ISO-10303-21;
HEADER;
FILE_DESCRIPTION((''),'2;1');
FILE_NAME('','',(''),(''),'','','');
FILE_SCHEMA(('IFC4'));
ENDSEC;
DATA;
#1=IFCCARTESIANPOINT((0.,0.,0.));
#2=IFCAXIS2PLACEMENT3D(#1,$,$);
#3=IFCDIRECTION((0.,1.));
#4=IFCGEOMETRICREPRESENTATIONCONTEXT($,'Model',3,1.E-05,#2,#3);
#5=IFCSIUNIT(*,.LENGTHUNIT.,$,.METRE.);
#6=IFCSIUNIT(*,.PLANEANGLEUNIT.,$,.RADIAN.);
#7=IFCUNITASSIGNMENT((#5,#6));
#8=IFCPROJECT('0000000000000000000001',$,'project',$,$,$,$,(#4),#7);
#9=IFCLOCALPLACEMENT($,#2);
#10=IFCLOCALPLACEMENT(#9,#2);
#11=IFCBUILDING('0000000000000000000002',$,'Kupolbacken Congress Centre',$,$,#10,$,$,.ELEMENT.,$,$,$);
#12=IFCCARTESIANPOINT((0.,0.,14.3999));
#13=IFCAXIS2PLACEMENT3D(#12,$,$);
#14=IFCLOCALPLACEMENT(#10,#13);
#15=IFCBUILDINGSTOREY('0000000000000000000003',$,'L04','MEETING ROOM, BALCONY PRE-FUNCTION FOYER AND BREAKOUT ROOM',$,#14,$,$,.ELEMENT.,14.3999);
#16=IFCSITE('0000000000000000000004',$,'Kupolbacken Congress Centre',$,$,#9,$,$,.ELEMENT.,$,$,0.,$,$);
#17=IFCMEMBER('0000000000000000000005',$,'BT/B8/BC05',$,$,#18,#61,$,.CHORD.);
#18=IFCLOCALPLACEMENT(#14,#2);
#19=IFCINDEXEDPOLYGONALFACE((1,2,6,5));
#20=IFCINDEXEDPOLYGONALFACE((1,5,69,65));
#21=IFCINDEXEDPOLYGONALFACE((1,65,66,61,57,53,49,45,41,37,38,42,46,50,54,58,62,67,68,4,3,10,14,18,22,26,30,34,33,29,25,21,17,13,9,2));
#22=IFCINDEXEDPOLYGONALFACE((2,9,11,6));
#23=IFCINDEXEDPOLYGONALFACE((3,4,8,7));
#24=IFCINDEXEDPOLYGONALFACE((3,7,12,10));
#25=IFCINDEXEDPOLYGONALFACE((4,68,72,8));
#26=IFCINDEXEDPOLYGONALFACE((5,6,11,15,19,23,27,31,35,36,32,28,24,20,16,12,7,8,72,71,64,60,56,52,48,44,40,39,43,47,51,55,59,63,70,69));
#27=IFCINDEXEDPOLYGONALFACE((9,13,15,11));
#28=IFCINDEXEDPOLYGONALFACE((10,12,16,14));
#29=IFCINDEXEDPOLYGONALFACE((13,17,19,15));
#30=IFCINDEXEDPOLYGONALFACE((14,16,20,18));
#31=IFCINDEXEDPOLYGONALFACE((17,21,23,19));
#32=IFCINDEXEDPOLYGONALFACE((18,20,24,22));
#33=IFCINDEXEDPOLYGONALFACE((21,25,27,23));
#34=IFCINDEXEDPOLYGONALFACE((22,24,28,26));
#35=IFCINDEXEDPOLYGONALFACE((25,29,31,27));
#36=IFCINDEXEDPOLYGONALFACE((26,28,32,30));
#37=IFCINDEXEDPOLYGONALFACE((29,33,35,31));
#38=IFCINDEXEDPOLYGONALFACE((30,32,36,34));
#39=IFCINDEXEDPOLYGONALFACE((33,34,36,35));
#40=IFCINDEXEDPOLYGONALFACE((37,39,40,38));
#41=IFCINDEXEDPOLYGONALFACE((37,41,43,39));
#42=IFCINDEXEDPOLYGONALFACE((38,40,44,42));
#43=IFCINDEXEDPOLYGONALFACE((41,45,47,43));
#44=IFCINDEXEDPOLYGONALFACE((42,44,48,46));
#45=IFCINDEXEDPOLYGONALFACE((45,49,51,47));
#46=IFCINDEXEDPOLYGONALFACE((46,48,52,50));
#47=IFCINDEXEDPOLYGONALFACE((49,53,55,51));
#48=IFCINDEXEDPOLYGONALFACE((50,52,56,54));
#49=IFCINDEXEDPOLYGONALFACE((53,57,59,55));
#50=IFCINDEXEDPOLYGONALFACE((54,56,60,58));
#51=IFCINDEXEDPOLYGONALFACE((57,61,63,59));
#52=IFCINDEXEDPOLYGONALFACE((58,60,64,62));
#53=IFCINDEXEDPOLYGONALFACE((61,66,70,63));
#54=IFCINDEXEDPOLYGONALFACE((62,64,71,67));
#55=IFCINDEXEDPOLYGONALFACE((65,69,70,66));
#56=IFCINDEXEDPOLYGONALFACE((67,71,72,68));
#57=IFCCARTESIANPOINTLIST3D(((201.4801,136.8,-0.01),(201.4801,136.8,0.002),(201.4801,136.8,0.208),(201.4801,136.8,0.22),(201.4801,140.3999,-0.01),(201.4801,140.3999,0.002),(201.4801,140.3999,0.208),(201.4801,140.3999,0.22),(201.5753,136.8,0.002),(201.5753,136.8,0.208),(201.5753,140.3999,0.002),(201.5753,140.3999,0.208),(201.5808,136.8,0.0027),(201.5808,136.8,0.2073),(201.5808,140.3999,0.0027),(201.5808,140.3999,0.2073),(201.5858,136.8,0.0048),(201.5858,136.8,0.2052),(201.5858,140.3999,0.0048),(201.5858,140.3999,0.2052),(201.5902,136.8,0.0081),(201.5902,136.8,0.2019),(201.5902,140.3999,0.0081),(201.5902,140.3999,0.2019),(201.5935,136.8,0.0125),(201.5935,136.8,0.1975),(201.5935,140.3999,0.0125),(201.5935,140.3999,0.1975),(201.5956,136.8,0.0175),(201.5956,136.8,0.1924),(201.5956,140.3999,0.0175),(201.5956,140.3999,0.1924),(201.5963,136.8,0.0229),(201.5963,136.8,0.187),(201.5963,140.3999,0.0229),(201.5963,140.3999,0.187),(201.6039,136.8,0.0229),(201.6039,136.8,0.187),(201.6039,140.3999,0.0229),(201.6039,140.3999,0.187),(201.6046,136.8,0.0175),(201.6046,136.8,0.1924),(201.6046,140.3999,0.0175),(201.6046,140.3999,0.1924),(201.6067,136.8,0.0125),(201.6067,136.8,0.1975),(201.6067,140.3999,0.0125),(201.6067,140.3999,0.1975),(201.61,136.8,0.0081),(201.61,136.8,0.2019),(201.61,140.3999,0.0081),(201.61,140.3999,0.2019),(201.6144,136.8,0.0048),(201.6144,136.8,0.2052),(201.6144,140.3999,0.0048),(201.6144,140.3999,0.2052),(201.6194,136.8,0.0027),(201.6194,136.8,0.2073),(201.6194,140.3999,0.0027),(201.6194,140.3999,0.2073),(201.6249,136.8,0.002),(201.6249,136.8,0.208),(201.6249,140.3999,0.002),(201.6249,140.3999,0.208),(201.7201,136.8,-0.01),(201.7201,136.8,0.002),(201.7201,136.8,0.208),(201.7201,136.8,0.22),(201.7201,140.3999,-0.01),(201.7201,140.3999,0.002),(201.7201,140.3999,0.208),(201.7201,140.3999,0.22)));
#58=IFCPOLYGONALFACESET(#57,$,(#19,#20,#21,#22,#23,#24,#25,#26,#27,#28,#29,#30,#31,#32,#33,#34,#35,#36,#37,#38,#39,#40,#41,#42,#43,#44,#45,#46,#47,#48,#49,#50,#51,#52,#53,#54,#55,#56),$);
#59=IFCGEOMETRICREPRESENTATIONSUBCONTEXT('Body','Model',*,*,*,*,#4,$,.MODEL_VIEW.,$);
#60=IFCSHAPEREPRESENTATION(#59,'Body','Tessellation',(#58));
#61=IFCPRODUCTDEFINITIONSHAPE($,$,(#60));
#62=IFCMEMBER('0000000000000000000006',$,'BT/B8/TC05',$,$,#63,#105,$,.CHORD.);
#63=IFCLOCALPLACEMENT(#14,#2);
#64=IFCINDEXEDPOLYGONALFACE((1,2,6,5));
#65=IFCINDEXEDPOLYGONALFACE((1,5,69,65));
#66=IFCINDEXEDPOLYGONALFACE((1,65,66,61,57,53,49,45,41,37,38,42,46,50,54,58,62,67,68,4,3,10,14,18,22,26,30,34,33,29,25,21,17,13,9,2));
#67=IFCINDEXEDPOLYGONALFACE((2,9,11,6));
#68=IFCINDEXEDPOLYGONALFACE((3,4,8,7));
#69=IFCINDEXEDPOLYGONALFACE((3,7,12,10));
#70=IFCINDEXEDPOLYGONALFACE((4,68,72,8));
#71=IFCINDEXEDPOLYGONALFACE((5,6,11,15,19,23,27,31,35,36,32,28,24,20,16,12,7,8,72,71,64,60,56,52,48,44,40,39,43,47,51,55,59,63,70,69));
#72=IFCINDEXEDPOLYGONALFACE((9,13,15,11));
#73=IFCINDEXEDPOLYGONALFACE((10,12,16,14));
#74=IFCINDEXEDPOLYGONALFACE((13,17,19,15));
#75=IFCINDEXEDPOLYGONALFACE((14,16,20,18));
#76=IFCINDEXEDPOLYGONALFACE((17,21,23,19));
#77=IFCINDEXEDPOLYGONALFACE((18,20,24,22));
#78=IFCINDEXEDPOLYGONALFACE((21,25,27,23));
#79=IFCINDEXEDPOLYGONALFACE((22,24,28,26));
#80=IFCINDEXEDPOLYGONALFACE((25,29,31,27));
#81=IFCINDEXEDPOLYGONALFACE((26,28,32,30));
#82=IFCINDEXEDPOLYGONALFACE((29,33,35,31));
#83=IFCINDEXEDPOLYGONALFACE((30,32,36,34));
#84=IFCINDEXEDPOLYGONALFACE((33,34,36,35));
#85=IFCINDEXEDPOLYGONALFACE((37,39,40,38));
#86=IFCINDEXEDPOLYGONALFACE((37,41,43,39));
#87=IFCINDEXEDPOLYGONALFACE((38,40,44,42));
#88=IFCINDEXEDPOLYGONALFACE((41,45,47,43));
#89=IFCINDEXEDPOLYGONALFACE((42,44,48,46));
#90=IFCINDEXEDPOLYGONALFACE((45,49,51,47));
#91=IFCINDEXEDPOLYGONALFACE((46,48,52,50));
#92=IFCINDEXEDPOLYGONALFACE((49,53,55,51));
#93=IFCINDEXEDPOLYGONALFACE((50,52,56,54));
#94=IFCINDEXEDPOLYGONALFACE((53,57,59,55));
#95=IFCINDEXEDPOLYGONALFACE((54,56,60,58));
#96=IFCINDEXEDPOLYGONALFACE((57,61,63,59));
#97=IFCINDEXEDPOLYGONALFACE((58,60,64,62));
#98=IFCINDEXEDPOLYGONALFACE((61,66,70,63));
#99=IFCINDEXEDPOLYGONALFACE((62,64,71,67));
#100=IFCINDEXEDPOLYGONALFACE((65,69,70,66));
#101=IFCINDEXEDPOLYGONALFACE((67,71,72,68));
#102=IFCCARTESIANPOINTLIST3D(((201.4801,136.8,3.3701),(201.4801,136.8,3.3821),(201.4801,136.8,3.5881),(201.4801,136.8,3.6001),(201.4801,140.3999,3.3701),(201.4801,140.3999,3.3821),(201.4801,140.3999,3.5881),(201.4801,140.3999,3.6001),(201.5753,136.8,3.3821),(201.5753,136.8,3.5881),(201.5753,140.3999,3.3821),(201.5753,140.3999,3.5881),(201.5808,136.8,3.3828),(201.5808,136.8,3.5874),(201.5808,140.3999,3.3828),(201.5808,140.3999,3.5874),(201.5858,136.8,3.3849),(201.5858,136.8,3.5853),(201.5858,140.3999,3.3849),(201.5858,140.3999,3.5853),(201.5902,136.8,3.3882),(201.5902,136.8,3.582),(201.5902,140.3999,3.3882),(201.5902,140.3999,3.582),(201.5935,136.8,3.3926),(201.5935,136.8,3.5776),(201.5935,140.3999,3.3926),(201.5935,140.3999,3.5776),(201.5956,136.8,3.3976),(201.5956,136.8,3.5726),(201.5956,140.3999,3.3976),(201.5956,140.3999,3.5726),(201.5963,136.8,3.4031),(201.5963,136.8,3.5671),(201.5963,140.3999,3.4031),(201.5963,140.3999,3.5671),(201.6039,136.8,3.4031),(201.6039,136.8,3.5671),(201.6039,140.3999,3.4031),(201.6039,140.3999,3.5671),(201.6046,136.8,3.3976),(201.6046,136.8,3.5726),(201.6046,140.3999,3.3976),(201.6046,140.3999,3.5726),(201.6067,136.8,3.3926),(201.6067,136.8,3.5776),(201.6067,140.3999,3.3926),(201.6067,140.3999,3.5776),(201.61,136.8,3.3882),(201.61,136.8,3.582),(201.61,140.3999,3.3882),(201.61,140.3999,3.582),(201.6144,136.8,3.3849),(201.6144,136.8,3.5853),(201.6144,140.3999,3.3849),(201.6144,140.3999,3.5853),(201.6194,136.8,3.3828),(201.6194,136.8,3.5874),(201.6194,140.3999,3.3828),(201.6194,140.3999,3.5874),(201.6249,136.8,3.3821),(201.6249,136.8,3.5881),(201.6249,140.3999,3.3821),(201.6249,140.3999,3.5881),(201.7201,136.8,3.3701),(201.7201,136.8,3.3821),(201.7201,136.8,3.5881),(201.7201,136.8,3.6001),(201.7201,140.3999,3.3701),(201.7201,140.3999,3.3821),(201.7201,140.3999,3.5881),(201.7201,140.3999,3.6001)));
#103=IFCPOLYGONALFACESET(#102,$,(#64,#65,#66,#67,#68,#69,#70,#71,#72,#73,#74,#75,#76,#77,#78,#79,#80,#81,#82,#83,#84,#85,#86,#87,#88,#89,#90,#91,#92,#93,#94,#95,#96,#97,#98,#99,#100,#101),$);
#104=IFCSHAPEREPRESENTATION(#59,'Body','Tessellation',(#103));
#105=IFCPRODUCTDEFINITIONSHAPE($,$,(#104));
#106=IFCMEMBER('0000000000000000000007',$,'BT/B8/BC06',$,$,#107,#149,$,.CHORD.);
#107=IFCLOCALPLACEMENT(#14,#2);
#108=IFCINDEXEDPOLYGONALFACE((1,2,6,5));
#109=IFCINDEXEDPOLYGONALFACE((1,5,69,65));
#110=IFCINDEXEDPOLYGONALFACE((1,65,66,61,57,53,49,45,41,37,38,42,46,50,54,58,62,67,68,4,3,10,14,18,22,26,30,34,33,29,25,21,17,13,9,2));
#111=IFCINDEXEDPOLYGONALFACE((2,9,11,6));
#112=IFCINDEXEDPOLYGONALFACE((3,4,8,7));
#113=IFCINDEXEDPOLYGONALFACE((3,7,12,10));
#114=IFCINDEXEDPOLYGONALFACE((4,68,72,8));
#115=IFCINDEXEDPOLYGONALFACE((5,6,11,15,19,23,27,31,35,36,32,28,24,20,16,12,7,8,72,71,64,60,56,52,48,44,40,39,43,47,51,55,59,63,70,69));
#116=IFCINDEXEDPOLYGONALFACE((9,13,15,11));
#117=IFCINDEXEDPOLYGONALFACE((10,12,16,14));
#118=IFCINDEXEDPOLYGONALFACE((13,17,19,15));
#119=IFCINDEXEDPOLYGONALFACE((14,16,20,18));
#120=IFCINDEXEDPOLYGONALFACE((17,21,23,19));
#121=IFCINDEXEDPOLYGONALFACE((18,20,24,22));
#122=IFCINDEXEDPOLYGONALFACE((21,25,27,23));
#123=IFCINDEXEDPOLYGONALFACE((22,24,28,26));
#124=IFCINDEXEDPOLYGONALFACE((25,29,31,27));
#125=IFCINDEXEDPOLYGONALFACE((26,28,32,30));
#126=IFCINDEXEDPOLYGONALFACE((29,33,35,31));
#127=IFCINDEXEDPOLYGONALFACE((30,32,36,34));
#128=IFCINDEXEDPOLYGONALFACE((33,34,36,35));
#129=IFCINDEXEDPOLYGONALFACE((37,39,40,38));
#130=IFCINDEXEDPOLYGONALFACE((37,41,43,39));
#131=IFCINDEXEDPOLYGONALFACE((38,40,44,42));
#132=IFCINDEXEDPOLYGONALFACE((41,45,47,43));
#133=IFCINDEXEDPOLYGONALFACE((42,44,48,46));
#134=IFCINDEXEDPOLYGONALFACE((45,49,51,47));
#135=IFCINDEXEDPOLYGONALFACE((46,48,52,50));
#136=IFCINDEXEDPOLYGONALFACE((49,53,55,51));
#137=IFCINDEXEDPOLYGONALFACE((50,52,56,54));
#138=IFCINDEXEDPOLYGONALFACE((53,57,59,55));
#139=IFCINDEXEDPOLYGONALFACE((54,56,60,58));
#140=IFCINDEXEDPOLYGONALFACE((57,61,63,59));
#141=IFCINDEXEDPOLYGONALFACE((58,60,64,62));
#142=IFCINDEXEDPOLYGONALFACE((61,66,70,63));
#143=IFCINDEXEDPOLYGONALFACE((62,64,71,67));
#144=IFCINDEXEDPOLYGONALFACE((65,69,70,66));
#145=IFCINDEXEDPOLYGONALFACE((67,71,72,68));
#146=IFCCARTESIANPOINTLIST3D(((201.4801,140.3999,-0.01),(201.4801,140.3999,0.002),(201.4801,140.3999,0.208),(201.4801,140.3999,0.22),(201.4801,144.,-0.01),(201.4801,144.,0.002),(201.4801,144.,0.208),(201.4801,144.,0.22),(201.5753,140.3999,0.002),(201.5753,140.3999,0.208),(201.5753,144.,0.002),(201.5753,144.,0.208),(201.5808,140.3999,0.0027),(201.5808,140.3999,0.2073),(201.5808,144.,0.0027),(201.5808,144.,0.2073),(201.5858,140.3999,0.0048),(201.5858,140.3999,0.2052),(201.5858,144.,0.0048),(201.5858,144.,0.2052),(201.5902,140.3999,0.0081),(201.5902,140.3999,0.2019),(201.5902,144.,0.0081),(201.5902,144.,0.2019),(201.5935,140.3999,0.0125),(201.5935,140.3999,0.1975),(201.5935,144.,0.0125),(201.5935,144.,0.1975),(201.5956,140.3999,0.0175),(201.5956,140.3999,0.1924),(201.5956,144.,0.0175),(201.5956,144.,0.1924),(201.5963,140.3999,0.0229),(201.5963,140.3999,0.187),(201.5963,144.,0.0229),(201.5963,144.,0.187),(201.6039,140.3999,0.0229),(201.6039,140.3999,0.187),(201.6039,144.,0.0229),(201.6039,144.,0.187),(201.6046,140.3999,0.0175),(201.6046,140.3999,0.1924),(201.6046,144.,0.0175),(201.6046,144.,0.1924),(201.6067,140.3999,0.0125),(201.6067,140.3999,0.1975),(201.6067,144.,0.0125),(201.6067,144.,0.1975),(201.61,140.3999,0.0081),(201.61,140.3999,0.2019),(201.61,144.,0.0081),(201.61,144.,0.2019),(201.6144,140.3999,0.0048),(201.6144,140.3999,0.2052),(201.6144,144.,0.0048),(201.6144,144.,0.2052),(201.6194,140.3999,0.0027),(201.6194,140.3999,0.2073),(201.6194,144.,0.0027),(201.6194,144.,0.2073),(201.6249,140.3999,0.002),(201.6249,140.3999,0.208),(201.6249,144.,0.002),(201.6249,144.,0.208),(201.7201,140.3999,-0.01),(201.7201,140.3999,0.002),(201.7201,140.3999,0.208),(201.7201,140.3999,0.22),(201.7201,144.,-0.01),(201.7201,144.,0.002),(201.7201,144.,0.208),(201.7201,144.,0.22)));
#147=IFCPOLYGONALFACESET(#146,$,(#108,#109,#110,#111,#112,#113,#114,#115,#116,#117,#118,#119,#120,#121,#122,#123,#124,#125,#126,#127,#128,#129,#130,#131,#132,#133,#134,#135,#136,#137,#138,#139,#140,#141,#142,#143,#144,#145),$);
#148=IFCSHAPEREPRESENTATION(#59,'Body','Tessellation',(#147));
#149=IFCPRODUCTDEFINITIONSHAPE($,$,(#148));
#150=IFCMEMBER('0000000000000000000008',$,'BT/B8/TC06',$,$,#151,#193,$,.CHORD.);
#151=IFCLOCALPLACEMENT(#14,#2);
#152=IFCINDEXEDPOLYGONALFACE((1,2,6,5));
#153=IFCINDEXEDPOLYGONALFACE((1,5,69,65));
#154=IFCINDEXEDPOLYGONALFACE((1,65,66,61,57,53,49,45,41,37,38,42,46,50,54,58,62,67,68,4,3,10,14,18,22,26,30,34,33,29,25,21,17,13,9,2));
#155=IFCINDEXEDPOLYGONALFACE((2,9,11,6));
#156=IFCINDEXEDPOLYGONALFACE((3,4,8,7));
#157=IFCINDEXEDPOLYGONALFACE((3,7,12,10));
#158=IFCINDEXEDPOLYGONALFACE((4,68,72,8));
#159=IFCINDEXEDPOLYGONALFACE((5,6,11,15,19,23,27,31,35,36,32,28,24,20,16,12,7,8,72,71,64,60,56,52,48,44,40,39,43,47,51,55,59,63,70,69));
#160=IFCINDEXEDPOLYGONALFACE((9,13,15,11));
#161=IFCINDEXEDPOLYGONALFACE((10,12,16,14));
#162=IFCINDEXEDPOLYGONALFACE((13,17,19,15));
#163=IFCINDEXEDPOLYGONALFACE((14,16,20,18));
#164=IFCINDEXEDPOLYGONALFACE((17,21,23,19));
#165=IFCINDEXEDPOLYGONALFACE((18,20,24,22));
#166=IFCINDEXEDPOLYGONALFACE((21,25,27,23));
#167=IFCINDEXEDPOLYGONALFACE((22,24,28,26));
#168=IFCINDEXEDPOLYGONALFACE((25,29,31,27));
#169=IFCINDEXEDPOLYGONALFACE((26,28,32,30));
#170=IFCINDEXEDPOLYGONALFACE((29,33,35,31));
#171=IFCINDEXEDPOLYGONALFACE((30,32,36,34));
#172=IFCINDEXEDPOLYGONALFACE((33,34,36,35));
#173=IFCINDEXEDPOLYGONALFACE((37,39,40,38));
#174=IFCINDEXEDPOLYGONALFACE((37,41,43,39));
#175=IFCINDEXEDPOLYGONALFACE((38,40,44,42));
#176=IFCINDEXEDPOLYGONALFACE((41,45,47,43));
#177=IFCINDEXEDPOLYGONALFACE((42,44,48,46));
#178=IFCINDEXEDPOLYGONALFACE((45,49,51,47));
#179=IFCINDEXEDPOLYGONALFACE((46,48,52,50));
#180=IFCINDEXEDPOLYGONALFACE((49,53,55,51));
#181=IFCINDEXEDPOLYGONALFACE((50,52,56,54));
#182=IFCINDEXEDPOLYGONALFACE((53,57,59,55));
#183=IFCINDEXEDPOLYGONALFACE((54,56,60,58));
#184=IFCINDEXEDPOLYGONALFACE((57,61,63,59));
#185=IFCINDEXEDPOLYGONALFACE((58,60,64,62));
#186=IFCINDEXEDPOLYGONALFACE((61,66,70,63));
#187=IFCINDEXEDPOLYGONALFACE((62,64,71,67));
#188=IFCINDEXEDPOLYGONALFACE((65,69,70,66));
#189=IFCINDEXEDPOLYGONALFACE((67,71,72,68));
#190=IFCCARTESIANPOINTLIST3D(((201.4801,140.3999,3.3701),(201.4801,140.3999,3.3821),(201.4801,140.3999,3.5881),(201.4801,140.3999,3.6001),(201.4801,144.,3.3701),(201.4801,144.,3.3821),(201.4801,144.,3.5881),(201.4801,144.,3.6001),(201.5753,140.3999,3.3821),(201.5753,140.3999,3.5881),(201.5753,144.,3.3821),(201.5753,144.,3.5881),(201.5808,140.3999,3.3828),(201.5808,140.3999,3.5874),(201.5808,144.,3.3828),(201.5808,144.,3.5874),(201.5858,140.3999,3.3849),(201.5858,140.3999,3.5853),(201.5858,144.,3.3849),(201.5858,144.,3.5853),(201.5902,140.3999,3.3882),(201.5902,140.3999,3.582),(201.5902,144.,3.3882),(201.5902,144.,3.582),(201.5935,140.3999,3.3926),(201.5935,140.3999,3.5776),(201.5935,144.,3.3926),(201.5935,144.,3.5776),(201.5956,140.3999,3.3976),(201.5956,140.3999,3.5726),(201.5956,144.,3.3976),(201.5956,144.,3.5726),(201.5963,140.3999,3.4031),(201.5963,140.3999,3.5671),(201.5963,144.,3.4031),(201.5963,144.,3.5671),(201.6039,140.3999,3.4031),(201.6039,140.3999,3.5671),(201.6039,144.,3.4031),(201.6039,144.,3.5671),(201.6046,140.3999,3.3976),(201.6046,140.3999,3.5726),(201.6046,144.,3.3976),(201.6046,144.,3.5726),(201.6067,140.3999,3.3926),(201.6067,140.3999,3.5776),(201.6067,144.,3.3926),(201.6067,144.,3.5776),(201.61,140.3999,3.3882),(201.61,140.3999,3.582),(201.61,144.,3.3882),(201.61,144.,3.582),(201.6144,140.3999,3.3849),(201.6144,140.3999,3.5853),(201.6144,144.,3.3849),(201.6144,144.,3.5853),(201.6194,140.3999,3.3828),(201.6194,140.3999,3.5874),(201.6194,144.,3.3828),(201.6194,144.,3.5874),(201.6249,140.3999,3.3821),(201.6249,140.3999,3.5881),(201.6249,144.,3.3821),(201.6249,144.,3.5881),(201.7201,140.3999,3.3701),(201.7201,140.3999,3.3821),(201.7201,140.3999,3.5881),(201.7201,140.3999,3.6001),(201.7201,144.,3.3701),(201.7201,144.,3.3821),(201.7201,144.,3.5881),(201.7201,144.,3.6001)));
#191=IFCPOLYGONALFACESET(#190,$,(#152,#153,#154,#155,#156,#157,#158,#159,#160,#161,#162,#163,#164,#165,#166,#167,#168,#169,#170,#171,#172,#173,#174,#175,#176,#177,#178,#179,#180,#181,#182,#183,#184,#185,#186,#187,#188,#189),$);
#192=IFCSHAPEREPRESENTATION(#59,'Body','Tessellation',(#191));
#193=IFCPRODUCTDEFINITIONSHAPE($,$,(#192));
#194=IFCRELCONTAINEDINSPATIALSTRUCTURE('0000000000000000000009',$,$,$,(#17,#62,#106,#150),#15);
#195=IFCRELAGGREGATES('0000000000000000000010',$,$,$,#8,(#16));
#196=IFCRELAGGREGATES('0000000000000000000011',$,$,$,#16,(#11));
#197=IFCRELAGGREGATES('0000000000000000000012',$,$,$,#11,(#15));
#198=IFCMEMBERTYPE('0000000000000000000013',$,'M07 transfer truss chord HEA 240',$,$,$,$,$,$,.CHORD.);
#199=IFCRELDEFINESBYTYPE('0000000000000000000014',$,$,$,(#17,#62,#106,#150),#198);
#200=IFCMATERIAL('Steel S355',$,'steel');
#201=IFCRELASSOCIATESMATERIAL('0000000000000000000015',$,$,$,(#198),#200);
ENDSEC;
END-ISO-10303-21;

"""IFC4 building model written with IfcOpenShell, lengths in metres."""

from ifc_helpers import new_model, si_unit, direction, frame, origin, origin_2d, place, context, subcontext, project, spatial, i_section, extrude, material, material_profile, profile_set, type_object, element, save


model = new_model("IFC4")

# Units and contexts
model_context = context("Model", 3, precision=1e-05, world=origin(), true_north=direction((0.0, 1.0)))
body_context = subcontext(model_context, "Body", "Model", "MODEL_VIEW")
ifc_project = project(units=[si_unit("LENGTHUNIT", "METRE"), si_unit("PLANEANGLEUNIT", "RADIAN")], contexts=[model_context])

# Site, building, storey
site_placement = place(None, origin())
site = spatial("IfcSite", under=ifc_project, at=site_placement, Name="Kupolbacken Congress Centre", CompositionType="ELEMENT", RefElevation=0.0)
building_placement = place(site_placement, origin())
building = spatial("IfcBuilding", under=site, at=building_placement, Name="Kupolbacken Congress Centre", CompositionType="ELEMENT")
storey_placement = place(building_placement, frame((0.0, 0.0, 14.3999)))
storey = spatial("IfcBuildingStorey", under=building, at=storey_placement, Name="L04", Description="MEETING ROOM, BALCONY PRE-FUNCTION FOYER AND BREAKOUT ROOM", CompositionType="ELEMENT", Elevation=14.3999)

# Members
ifc_material_1 = material(Name="Steel S355", Category="steel")
ifc_material_profile_1 = material_profile(ifc_material_1, i_section(OverallWidth=0.24, OverallDepth=0.23, WebThickness=0.0076, FlangeThickness=0.012, FilletRadius=0.021, at=origin_2d()), Name="HEA 240")
ifc_profile_set_1 = profile_set([ifc_material_profile_1], Name="Steel S355")
member_type_1 = type_object("IfcMemberType", Name="M07 transfer truss chord HEA 240", PredefinedType="CHORD", material=ifc_profile_set_1)
for number, where, z_axis, x_axis, name in (
    (1, (201.6001, 136.8, 0.105), (0.0, 1.0, 0.0), (-1.0, 0.0, 0.0), "BT/B8/BC05"),
    (2, (201.6001, 136.8, 3.4851), (0.0, 1.0, 0.0), (-1.0, 0.0, 0.0), "BT/B8/TC05"),
):
    element("IfcMember", number, at=place(storey_placement, frame(where, z_axis=z_axis, x_axis=x_axis)), inside=storey, type_object=member_type_1, Name=name, PredefinedType="CHORD", context=body_context, shape_type="SweptSolid", body=[
        extrude(i_section(OverallWidth=0.24, OverallDepth=0.23, WebThickness=0.0076, FlangeThickness=0.012, FilletRadius=0.021, at=origin_2d()), origin(), (0.0, 0.0, 1.0), 3.5999),
    ])
for number, where, z_axis, x_axis, name in (
    (3, (201.6001, 140.3999, 0.105), (0.0, 1.0, 0.0), (-1.0, 0.0, 0.0), "BT/B8/BC06"),
    (4, (201.6001, 140.3999, 3.4851), (0.0, 1.0, 0.0), (-1.0, 0.0, 0.0), "BT/B8/TC06"),
):
    element("IfcMember", number, at=place(storey_placement, frame(where, z_axis=z_axis, x_axis=x_axis)), inside=storey, type_object=member_type_1, Name=name, PredefinedType="CHORD", context=body_context, shape_type="SweptSolid", body=[
        extrude(i_section(OverallWidth=0.24, OverallDepth=0.23, WebThickness=0.0076, FlangeThickness=0.012, FilletRadius=0.021, at=origin_2d()), origin(), (0.0, 0.0, 1.0), 3.6001),
    ])

save(model, "model.ifc")
